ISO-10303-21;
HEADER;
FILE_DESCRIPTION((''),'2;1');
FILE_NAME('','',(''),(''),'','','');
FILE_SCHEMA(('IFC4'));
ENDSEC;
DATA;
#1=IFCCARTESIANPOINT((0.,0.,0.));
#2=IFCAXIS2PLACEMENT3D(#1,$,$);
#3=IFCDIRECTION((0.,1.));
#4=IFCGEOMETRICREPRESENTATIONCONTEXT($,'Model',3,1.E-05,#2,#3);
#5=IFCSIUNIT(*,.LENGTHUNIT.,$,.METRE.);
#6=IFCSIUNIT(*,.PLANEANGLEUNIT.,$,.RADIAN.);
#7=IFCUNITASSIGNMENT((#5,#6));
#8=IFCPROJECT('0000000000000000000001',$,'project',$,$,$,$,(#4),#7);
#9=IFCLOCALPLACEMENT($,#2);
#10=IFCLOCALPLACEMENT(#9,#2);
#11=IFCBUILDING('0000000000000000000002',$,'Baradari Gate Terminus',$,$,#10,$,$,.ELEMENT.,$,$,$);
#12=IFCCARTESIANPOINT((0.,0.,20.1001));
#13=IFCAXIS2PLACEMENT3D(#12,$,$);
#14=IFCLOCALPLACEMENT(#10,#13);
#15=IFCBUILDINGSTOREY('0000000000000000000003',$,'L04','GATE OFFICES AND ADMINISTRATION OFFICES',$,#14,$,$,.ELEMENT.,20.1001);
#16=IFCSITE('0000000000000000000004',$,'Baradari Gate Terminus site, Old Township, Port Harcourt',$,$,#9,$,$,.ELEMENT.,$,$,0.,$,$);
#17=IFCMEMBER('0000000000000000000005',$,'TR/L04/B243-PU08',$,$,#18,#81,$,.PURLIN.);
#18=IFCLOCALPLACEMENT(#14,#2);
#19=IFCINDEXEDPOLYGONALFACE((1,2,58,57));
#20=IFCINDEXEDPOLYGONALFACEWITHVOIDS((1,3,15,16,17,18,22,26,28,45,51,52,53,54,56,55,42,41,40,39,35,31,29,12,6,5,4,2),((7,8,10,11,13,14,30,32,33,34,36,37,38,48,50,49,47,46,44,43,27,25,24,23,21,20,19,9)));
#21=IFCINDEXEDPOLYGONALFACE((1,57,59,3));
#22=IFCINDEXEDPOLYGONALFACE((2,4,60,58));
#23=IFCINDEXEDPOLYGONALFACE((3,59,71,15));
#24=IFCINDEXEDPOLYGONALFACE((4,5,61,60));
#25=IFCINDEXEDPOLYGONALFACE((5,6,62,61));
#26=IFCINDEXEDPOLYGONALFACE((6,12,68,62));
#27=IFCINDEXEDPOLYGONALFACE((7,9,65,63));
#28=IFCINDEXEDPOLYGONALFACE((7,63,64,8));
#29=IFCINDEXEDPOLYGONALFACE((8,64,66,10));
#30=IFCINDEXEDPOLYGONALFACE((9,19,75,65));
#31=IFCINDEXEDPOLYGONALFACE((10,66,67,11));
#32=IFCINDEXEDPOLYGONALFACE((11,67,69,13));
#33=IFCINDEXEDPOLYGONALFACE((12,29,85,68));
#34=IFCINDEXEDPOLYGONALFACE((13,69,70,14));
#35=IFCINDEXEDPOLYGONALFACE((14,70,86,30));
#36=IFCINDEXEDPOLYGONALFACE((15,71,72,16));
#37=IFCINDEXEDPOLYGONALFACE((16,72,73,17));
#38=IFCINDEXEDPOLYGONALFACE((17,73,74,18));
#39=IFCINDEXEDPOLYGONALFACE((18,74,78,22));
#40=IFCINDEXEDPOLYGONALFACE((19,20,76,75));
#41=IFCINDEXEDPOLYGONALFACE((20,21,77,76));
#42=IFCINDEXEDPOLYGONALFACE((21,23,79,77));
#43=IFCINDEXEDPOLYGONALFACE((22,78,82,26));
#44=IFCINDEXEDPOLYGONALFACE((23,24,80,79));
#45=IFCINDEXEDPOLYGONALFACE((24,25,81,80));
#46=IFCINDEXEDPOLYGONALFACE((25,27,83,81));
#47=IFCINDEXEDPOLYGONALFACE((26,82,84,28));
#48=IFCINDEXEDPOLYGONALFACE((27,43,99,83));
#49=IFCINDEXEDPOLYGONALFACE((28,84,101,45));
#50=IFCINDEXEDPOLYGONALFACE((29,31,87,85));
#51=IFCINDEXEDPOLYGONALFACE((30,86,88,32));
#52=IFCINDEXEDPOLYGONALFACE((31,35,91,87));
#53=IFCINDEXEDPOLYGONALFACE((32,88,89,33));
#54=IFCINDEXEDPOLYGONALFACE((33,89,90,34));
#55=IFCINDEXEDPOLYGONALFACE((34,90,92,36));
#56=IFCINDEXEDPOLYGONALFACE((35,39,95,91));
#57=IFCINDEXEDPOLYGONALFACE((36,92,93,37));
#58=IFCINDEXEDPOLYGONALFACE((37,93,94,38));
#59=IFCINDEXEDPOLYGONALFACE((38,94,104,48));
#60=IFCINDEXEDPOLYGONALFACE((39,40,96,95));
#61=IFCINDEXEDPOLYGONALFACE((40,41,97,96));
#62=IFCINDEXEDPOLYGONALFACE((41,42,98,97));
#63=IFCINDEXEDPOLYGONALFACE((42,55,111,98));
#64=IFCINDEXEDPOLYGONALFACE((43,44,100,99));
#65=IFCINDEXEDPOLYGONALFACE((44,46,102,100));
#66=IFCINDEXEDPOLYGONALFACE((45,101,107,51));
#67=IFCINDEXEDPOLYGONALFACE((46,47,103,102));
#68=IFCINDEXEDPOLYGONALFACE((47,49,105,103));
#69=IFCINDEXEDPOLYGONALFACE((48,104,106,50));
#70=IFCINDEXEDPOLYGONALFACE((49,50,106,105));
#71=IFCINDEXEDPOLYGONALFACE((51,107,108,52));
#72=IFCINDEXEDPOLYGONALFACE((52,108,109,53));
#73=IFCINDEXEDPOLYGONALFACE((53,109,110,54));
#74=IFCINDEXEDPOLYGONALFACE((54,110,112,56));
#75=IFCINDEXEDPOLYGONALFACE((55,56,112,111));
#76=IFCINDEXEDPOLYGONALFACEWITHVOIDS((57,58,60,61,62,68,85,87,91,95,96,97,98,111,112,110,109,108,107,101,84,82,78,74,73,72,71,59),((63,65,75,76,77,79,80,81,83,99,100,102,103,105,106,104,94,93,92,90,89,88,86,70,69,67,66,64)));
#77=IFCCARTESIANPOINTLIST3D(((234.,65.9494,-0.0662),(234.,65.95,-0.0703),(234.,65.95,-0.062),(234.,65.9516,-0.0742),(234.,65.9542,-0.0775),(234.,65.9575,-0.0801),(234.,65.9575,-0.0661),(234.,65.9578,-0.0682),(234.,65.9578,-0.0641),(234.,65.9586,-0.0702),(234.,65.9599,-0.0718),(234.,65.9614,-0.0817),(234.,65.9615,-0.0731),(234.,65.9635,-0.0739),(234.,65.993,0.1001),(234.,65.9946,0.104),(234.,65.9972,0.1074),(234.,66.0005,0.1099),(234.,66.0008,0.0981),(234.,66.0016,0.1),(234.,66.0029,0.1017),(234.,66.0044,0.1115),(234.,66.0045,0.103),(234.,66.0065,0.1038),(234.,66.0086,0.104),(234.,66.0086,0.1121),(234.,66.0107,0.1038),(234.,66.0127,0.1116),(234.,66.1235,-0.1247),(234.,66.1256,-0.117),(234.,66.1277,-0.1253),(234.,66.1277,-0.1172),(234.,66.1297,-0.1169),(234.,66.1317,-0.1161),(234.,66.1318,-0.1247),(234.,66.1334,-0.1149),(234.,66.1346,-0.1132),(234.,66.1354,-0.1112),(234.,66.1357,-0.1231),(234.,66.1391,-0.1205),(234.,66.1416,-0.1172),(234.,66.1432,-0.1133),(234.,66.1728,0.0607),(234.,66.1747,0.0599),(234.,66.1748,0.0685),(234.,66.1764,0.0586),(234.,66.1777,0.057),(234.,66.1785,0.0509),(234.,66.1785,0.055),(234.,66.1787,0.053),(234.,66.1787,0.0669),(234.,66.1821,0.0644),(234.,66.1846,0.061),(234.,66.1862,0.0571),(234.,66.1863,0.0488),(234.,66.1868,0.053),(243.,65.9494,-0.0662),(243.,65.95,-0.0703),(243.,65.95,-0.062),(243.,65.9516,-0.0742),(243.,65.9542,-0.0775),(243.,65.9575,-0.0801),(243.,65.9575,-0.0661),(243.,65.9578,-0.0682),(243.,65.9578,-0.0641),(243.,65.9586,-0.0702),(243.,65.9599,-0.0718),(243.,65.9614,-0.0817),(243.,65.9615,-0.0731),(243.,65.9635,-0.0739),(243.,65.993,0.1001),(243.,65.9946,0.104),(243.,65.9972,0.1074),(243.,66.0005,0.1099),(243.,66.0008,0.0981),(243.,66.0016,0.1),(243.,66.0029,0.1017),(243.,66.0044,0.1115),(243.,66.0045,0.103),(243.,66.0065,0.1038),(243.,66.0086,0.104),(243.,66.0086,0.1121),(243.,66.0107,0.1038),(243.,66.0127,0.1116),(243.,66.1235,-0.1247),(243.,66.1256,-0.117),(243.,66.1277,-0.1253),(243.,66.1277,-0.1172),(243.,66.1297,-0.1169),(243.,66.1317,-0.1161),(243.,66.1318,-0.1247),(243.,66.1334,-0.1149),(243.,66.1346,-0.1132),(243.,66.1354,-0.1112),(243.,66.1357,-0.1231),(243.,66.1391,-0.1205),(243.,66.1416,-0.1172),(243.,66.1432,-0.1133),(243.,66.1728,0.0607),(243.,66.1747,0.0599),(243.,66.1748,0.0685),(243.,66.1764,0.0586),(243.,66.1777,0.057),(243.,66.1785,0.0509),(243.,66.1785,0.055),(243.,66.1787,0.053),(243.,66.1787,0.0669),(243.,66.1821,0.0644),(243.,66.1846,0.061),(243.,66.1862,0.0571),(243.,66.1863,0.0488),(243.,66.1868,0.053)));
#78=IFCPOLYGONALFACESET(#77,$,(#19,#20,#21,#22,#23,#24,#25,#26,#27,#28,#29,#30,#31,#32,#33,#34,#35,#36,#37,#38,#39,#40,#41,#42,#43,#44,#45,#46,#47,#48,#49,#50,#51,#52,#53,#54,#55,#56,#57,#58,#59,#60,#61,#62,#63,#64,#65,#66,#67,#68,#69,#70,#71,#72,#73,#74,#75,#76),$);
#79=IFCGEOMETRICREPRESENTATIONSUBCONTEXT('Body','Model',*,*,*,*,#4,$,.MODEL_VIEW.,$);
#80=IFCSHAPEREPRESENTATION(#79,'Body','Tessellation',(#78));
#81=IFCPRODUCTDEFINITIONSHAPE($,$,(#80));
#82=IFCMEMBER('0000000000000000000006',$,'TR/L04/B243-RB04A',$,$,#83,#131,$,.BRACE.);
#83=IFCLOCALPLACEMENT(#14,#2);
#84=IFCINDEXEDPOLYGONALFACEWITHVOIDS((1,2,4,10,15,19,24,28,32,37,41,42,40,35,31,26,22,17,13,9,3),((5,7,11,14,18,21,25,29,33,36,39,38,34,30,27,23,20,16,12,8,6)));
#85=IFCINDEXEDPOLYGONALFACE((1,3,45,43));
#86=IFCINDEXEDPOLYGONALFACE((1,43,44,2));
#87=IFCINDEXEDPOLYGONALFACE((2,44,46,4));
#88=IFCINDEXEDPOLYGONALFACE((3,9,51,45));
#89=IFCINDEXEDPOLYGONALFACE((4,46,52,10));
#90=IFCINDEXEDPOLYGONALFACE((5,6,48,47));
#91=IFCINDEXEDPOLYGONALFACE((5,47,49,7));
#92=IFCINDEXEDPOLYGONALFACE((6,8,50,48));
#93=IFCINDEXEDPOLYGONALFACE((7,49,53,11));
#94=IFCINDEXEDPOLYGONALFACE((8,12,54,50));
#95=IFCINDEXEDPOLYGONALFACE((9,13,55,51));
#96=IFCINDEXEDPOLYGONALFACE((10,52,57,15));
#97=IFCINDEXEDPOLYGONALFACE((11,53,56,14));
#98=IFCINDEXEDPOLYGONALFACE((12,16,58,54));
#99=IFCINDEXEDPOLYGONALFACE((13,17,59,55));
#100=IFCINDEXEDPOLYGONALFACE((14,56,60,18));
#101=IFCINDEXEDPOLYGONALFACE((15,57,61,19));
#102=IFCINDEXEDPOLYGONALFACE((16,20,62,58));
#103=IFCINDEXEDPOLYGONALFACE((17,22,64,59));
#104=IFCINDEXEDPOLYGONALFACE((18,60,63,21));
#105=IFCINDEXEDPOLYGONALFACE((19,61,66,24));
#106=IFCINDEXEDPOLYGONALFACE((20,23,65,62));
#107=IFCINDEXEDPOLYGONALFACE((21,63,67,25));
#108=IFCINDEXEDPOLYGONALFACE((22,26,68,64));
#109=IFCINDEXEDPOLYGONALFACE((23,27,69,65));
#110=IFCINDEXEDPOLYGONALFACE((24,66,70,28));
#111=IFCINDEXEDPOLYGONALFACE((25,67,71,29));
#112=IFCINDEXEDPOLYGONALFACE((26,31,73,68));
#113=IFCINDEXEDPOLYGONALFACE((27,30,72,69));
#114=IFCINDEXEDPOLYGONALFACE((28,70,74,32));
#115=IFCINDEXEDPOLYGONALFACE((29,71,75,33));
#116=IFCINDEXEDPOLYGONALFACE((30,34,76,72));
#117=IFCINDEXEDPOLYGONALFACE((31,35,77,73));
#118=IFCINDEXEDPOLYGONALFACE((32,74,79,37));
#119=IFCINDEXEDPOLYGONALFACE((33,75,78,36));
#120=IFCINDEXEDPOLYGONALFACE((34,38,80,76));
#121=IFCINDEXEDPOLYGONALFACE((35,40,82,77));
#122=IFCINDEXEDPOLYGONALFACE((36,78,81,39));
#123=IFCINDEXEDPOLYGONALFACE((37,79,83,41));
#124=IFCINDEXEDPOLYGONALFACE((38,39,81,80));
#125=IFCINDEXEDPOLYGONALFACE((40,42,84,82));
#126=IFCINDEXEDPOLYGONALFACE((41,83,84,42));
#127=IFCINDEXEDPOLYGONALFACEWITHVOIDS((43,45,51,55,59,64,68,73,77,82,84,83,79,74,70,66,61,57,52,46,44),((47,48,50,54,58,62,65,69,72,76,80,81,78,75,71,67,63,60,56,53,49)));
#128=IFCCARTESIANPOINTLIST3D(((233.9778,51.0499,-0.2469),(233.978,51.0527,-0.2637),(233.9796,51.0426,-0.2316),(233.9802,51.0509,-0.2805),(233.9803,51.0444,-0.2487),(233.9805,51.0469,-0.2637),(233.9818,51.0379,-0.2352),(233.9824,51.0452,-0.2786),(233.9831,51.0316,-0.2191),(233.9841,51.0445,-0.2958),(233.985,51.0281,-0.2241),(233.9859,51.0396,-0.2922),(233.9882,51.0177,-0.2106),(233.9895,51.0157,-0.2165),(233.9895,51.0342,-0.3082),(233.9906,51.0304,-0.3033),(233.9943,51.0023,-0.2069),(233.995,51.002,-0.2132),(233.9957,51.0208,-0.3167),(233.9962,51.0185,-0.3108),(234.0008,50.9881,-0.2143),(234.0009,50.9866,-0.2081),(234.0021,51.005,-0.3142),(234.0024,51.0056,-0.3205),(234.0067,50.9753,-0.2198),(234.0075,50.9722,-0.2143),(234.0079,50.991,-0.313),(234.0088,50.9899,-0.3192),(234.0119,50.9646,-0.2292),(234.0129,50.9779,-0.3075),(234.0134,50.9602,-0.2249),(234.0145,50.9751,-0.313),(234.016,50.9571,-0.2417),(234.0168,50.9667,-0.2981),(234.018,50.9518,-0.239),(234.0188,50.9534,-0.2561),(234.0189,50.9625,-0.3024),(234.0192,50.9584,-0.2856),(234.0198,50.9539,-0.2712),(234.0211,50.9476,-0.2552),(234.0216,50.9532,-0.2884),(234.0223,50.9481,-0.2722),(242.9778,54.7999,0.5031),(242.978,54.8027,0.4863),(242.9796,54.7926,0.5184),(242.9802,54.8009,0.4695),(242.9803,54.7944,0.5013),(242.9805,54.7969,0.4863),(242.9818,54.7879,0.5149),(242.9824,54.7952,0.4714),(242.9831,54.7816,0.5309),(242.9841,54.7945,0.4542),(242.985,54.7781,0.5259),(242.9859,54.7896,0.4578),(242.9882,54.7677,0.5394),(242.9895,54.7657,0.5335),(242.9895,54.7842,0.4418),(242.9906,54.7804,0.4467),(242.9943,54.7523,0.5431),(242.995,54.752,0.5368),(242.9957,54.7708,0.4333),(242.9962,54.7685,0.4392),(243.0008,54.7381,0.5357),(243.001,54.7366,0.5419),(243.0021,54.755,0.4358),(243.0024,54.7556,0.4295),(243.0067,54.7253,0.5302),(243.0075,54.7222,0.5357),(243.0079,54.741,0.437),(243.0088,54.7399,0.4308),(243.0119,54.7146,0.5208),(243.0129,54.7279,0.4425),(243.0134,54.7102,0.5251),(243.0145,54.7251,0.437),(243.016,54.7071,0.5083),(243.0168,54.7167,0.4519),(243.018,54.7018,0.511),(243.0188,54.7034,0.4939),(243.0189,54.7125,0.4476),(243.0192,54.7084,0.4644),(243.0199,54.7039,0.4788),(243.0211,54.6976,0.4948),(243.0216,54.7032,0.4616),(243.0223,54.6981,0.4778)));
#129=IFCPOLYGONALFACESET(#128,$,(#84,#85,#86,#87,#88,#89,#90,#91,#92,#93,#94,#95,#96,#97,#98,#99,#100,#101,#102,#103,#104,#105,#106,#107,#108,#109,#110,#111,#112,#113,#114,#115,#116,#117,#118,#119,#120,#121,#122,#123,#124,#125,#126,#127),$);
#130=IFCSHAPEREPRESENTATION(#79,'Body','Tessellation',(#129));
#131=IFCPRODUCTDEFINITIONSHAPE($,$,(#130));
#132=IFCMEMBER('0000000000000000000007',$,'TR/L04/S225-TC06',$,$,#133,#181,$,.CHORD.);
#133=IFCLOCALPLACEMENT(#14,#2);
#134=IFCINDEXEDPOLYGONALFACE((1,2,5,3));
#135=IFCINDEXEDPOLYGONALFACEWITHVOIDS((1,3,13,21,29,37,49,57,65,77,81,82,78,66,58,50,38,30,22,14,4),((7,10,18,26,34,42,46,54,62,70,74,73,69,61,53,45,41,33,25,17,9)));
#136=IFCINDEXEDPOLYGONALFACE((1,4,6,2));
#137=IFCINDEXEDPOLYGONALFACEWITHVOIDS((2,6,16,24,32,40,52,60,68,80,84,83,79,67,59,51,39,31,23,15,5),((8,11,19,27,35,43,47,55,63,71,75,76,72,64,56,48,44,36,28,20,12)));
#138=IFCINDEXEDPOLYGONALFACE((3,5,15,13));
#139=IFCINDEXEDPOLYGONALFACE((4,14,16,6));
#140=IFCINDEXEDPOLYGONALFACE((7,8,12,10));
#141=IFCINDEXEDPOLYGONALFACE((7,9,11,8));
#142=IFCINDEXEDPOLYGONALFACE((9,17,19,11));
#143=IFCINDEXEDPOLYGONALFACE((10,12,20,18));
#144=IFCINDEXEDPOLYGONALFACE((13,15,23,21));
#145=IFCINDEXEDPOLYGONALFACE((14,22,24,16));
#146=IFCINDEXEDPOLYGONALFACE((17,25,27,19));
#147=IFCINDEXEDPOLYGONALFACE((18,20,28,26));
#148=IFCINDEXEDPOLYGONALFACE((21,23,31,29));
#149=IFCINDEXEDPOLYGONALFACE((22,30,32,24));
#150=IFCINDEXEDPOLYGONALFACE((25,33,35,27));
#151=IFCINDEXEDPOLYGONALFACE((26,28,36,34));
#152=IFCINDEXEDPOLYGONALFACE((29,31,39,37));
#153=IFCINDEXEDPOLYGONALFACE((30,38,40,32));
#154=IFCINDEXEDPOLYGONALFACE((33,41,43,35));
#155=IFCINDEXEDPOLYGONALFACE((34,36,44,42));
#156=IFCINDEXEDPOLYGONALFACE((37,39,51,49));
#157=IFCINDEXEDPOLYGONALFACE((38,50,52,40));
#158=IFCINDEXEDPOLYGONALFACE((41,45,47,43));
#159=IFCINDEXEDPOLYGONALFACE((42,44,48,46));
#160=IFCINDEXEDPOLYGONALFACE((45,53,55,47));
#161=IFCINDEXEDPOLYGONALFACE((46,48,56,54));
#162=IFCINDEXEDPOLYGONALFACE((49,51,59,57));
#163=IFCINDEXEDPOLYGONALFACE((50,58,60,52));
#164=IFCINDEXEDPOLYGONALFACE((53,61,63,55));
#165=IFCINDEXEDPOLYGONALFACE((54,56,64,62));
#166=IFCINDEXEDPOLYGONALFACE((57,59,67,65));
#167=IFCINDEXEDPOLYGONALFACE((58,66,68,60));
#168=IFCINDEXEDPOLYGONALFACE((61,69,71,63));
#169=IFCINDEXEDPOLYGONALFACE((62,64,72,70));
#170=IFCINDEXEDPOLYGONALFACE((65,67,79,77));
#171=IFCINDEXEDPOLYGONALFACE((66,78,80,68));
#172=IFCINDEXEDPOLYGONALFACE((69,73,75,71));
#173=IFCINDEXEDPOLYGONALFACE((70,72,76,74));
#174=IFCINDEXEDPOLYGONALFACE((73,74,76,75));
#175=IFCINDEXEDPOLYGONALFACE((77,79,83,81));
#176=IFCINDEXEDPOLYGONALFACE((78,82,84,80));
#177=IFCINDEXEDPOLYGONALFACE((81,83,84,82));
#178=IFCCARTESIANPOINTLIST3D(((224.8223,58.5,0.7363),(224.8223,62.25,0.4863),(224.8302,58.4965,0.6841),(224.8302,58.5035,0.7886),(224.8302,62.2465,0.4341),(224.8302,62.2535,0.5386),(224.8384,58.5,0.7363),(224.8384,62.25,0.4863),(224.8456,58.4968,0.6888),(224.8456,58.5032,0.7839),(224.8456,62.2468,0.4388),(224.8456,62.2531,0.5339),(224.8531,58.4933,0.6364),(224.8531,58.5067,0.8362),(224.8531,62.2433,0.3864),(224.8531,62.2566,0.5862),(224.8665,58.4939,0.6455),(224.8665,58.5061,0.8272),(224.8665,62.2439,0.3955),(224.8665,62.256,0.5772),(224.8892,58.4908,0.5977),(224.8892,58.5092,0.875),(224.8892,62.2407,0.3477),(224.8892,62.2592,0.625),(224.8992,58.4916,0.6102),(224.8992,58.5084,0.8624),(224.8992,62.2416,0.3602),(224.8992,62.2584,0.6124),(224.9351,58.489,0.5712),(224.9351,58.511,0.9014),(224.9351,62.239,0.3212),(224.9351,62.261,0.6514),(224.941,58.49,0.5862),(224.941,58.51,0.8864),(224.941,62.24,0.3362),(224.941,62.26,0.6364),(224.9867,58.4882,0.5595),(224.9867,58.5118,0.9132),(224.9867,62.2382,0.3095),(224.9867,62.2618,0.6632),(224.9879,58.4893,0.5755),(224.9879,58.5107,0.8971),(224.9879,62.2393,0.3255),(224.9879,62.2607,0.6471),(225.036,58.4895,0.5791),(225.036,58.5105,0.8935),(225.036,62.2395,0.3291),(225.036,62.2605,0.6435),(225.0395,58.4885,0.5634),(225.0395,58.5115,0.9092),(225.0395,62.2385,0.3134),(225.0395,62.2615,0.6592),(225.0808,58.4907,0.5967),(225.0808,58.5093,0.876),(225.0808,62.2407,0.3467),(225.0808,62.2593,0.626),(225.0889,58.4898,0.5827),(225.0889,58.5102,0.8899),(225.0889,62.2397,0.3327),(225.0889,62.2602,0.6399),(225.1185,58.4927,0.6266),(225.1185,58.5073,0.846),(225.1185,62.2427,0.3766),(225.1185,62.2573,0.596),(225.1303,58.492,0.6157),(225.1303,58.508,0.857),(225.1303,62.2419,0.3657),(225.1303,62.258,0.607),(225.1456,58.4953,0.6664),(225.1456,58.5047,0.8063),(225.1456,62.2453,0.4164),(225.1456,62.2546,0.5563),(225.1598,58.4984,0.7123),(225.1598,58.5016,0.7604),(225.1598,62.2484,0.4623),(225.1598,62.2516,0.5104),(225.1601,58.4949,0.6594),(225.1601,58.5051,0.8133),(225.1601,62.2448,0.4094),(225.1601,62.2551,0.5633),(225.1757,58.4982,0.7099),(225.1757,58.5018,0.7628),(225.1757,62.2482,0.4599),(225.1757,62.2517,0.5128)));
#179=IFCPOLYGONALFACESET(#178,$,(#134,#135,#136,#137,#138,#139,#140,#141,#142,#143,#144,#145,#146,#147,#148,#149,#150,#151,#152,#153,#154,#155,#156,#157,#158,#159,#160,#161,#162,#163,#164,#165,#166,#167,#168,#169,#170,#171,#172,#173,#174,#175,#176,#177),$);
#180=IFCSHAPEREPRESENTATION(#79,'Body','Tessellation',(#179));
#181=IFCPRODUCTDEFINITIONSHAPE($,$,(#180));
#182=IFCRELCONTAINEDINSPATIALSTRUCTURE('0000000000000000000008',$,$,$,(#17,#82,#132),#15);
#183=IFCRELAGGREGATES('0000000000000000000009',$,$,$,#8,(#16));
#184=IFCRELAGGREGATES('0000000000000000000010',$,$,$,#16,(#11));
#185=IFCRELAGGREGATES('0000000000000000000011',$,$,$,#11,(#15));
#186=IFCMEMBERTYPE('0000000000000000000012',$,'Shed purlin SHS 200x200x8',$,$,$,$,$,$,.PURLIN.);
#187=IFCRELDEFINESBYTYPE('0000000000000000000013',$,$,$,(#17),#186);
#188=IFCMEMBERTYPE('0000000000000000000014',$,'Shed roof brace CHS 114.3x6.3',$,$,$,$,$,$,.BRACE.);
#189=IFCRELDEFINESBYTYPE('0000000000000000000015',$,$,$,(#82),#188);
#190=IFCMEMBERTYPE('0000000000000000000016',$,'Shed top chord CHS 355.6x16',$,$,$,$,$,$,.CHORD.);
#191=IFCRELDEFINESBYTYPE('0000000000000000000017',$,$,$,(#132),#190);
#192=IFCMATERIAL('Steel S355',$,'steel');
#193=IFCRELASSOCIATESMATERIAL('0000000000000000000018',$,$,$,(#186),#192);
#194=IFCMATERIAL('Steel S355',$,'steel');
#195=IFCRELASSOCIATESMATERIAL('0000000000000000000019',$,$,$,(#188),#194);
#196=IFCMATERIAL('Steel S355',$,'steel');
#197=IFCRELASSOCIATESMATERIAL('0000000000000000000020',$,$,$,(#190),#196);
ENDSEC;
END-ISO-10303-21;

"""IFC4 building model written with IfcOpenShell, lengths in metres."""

from ifc_helpers import new_model, si_unit, direction, frame, origin, origin_2d, place, context, subcontext, project, spatial, hollow_rectangle, hollow_circle, extrude, material, material_profile, profile_set, type_object, element, save


model = new_model("IFC4")

# Units and contexts
model_context = context("Model", 3, precision=1e-05, world=origin(), true_north=direction((0.0, 1.0)))
body_context = subcontext(model_context, "Body", "Model", "MODEL_VIEW")
ifc_project = project(units=[si_unit("LENGTHUNIT", "METRE"), si_unit("PLANEANGLEUNIT", "RADIAN")], contexts=[model_context])

# Site, building, storey
site_placement = place(None, origin())
site = spatial("IfcSite", under=ifc_project, at=site_placement, Name="Baradari Gate Terminus site, Old Township, Port Harcourt", CompositionType="ELEMENT", RefElevation=0.0)
building_placement = place(site_placement, origin())
building = spatial("IfcBuilding", under=site, at=building_placement, Name="Baradari Gate Terminus", CompositionType="ELEMENT")
storey_placement = place(building_placement, frame((0.0, 0.0, 20.1001)))
storey = spatial("IfcBuildingStorey", under=building, at=storey_placement, Name="L04", Description="GATE OFFICES AND ADMINISTRATION OFFICES", CompositionType="ELEMENT", Elevation=20.1001)

# Members
ifc_material_1 = material(Name="Steel S355", Category="steel")
ifc_material_profile_1 = material_profile(ifc_material_1, hollow_rectangle(XDim=0.2, YDim=0.2, WallThickness=0.0081, InnerFilletRadius=0.0081, OuterFilletRadius=0.0161, at=origin_2d()), Name="SHS 200x200x8")
ifc_profile_set_1 = profile_set([ifc_material_profile_1], Name="Steel S355")
member_type_1 = type_object("IfcMemberType", Name="Shed purlin SHS 200x200x8", PredefinedType="PURLIN", material=ifc_profile_set_1)
for number, where, z_axis, x_axis, name in (
    (1, (234.0, 66.0681, -0.0066), (1.0, 0.0, 0.0), (0.0, 0.9665, -0.256668), "TR/L04/B243-PU08"),
):
    element("IfcMember", number, at=place(storey_placement, frame(where, z_axis=z_axis, x_axis=x_axis)), inside=storey, type_object=member_type_1, Name=name, PredefinedType="PURLIN", context=body_context, shape_type="SweptSolid", body=[
        extrude(hollow_rectangle(XDim=0.2, YDim=0.2, WallThickness=0.0081, InnerFilletRadius=0.0081, OuterFilletRadius=0.0161, at=origin_2d()), origin(), (0.0, 0.0, 1.0), 9.0),
    ])
ifc_material_2 = material(Name="Steel S355", Category="steel")
ifc_material_profile_2 = material_profile(ifc_material_2, hollow_circle(Radius=0.0571, WallThickness=0.0063, at=origin_2d()), Name="CHS 114.3x6.3")
ifc_profile_set_2 = profile_set([ifc_material_profile_2], Name="Steel S355")
member_type_2 = type_object("IfcMemberType", Name="Shed roof brace CHS 114.3x6.3", PredefinedType="BRACE", material=ifc_profile_set_2)
member_1_placement = place(storey_placement, frame((234.0, 51.0, -0.2637), z_axis=(0.920358, 0.383482, 0.076696), x_axis=(-0.384615, 0.923077, 0.0)))
element("IfcMember", 2, at=member_1_placement, inside=storey, type_object=member_type_2, Name="TR/L04/B243-RB04A", PredefinedType="BRACE", context=body_context, shape_type="SweptSolid", body=[
    extrude(hollow_circle(Radius=0.0571, WallThickness=0.0063, at=origin_2d()), origin(), (0.0, 0.0, 1.0), 9.7788),
])
ifc_material_3 = material(Name="Steel S355", Category="steel")
ifc_material_profile_3 = material_profile(ifc_material_3, hollow_circle(Radius=0.1777, WallThickness=0.0161, at=origin_2d()), Name="CHS 355.6x16")
ifc_profile_set_3 = profile_set([ifc_material_profile_3], Name="Steel S355")
member_type_3 = type_object("IfcMemberType", Name="Shed top chord CHS 355.6x16", PredefinedType="CHORD", material=ifc_profile_set_3)
member_2_placement = place(storey_placement, frame((225.0, 58.5, 0.7363), z_axis=(0.0, 0.997785, -0.066519), x_axis=(-1.0, 0.0, 0.0)))
element("IfcMember", 3, at=member_2_placement, inside=storey, type_object=member_type_3, Name="TR/L04/S225-TC06", PredefinedType="CHORD", context=body_context, shape_type="SweptSolid", body=[
    extrude(hollow_circle(Radius=0.1777, WallThickness=0.0161, at=origin_2d()), origin(), (0.0, 0.0, 1.0), 3.7583),
])

save(model, "model.ifc")
